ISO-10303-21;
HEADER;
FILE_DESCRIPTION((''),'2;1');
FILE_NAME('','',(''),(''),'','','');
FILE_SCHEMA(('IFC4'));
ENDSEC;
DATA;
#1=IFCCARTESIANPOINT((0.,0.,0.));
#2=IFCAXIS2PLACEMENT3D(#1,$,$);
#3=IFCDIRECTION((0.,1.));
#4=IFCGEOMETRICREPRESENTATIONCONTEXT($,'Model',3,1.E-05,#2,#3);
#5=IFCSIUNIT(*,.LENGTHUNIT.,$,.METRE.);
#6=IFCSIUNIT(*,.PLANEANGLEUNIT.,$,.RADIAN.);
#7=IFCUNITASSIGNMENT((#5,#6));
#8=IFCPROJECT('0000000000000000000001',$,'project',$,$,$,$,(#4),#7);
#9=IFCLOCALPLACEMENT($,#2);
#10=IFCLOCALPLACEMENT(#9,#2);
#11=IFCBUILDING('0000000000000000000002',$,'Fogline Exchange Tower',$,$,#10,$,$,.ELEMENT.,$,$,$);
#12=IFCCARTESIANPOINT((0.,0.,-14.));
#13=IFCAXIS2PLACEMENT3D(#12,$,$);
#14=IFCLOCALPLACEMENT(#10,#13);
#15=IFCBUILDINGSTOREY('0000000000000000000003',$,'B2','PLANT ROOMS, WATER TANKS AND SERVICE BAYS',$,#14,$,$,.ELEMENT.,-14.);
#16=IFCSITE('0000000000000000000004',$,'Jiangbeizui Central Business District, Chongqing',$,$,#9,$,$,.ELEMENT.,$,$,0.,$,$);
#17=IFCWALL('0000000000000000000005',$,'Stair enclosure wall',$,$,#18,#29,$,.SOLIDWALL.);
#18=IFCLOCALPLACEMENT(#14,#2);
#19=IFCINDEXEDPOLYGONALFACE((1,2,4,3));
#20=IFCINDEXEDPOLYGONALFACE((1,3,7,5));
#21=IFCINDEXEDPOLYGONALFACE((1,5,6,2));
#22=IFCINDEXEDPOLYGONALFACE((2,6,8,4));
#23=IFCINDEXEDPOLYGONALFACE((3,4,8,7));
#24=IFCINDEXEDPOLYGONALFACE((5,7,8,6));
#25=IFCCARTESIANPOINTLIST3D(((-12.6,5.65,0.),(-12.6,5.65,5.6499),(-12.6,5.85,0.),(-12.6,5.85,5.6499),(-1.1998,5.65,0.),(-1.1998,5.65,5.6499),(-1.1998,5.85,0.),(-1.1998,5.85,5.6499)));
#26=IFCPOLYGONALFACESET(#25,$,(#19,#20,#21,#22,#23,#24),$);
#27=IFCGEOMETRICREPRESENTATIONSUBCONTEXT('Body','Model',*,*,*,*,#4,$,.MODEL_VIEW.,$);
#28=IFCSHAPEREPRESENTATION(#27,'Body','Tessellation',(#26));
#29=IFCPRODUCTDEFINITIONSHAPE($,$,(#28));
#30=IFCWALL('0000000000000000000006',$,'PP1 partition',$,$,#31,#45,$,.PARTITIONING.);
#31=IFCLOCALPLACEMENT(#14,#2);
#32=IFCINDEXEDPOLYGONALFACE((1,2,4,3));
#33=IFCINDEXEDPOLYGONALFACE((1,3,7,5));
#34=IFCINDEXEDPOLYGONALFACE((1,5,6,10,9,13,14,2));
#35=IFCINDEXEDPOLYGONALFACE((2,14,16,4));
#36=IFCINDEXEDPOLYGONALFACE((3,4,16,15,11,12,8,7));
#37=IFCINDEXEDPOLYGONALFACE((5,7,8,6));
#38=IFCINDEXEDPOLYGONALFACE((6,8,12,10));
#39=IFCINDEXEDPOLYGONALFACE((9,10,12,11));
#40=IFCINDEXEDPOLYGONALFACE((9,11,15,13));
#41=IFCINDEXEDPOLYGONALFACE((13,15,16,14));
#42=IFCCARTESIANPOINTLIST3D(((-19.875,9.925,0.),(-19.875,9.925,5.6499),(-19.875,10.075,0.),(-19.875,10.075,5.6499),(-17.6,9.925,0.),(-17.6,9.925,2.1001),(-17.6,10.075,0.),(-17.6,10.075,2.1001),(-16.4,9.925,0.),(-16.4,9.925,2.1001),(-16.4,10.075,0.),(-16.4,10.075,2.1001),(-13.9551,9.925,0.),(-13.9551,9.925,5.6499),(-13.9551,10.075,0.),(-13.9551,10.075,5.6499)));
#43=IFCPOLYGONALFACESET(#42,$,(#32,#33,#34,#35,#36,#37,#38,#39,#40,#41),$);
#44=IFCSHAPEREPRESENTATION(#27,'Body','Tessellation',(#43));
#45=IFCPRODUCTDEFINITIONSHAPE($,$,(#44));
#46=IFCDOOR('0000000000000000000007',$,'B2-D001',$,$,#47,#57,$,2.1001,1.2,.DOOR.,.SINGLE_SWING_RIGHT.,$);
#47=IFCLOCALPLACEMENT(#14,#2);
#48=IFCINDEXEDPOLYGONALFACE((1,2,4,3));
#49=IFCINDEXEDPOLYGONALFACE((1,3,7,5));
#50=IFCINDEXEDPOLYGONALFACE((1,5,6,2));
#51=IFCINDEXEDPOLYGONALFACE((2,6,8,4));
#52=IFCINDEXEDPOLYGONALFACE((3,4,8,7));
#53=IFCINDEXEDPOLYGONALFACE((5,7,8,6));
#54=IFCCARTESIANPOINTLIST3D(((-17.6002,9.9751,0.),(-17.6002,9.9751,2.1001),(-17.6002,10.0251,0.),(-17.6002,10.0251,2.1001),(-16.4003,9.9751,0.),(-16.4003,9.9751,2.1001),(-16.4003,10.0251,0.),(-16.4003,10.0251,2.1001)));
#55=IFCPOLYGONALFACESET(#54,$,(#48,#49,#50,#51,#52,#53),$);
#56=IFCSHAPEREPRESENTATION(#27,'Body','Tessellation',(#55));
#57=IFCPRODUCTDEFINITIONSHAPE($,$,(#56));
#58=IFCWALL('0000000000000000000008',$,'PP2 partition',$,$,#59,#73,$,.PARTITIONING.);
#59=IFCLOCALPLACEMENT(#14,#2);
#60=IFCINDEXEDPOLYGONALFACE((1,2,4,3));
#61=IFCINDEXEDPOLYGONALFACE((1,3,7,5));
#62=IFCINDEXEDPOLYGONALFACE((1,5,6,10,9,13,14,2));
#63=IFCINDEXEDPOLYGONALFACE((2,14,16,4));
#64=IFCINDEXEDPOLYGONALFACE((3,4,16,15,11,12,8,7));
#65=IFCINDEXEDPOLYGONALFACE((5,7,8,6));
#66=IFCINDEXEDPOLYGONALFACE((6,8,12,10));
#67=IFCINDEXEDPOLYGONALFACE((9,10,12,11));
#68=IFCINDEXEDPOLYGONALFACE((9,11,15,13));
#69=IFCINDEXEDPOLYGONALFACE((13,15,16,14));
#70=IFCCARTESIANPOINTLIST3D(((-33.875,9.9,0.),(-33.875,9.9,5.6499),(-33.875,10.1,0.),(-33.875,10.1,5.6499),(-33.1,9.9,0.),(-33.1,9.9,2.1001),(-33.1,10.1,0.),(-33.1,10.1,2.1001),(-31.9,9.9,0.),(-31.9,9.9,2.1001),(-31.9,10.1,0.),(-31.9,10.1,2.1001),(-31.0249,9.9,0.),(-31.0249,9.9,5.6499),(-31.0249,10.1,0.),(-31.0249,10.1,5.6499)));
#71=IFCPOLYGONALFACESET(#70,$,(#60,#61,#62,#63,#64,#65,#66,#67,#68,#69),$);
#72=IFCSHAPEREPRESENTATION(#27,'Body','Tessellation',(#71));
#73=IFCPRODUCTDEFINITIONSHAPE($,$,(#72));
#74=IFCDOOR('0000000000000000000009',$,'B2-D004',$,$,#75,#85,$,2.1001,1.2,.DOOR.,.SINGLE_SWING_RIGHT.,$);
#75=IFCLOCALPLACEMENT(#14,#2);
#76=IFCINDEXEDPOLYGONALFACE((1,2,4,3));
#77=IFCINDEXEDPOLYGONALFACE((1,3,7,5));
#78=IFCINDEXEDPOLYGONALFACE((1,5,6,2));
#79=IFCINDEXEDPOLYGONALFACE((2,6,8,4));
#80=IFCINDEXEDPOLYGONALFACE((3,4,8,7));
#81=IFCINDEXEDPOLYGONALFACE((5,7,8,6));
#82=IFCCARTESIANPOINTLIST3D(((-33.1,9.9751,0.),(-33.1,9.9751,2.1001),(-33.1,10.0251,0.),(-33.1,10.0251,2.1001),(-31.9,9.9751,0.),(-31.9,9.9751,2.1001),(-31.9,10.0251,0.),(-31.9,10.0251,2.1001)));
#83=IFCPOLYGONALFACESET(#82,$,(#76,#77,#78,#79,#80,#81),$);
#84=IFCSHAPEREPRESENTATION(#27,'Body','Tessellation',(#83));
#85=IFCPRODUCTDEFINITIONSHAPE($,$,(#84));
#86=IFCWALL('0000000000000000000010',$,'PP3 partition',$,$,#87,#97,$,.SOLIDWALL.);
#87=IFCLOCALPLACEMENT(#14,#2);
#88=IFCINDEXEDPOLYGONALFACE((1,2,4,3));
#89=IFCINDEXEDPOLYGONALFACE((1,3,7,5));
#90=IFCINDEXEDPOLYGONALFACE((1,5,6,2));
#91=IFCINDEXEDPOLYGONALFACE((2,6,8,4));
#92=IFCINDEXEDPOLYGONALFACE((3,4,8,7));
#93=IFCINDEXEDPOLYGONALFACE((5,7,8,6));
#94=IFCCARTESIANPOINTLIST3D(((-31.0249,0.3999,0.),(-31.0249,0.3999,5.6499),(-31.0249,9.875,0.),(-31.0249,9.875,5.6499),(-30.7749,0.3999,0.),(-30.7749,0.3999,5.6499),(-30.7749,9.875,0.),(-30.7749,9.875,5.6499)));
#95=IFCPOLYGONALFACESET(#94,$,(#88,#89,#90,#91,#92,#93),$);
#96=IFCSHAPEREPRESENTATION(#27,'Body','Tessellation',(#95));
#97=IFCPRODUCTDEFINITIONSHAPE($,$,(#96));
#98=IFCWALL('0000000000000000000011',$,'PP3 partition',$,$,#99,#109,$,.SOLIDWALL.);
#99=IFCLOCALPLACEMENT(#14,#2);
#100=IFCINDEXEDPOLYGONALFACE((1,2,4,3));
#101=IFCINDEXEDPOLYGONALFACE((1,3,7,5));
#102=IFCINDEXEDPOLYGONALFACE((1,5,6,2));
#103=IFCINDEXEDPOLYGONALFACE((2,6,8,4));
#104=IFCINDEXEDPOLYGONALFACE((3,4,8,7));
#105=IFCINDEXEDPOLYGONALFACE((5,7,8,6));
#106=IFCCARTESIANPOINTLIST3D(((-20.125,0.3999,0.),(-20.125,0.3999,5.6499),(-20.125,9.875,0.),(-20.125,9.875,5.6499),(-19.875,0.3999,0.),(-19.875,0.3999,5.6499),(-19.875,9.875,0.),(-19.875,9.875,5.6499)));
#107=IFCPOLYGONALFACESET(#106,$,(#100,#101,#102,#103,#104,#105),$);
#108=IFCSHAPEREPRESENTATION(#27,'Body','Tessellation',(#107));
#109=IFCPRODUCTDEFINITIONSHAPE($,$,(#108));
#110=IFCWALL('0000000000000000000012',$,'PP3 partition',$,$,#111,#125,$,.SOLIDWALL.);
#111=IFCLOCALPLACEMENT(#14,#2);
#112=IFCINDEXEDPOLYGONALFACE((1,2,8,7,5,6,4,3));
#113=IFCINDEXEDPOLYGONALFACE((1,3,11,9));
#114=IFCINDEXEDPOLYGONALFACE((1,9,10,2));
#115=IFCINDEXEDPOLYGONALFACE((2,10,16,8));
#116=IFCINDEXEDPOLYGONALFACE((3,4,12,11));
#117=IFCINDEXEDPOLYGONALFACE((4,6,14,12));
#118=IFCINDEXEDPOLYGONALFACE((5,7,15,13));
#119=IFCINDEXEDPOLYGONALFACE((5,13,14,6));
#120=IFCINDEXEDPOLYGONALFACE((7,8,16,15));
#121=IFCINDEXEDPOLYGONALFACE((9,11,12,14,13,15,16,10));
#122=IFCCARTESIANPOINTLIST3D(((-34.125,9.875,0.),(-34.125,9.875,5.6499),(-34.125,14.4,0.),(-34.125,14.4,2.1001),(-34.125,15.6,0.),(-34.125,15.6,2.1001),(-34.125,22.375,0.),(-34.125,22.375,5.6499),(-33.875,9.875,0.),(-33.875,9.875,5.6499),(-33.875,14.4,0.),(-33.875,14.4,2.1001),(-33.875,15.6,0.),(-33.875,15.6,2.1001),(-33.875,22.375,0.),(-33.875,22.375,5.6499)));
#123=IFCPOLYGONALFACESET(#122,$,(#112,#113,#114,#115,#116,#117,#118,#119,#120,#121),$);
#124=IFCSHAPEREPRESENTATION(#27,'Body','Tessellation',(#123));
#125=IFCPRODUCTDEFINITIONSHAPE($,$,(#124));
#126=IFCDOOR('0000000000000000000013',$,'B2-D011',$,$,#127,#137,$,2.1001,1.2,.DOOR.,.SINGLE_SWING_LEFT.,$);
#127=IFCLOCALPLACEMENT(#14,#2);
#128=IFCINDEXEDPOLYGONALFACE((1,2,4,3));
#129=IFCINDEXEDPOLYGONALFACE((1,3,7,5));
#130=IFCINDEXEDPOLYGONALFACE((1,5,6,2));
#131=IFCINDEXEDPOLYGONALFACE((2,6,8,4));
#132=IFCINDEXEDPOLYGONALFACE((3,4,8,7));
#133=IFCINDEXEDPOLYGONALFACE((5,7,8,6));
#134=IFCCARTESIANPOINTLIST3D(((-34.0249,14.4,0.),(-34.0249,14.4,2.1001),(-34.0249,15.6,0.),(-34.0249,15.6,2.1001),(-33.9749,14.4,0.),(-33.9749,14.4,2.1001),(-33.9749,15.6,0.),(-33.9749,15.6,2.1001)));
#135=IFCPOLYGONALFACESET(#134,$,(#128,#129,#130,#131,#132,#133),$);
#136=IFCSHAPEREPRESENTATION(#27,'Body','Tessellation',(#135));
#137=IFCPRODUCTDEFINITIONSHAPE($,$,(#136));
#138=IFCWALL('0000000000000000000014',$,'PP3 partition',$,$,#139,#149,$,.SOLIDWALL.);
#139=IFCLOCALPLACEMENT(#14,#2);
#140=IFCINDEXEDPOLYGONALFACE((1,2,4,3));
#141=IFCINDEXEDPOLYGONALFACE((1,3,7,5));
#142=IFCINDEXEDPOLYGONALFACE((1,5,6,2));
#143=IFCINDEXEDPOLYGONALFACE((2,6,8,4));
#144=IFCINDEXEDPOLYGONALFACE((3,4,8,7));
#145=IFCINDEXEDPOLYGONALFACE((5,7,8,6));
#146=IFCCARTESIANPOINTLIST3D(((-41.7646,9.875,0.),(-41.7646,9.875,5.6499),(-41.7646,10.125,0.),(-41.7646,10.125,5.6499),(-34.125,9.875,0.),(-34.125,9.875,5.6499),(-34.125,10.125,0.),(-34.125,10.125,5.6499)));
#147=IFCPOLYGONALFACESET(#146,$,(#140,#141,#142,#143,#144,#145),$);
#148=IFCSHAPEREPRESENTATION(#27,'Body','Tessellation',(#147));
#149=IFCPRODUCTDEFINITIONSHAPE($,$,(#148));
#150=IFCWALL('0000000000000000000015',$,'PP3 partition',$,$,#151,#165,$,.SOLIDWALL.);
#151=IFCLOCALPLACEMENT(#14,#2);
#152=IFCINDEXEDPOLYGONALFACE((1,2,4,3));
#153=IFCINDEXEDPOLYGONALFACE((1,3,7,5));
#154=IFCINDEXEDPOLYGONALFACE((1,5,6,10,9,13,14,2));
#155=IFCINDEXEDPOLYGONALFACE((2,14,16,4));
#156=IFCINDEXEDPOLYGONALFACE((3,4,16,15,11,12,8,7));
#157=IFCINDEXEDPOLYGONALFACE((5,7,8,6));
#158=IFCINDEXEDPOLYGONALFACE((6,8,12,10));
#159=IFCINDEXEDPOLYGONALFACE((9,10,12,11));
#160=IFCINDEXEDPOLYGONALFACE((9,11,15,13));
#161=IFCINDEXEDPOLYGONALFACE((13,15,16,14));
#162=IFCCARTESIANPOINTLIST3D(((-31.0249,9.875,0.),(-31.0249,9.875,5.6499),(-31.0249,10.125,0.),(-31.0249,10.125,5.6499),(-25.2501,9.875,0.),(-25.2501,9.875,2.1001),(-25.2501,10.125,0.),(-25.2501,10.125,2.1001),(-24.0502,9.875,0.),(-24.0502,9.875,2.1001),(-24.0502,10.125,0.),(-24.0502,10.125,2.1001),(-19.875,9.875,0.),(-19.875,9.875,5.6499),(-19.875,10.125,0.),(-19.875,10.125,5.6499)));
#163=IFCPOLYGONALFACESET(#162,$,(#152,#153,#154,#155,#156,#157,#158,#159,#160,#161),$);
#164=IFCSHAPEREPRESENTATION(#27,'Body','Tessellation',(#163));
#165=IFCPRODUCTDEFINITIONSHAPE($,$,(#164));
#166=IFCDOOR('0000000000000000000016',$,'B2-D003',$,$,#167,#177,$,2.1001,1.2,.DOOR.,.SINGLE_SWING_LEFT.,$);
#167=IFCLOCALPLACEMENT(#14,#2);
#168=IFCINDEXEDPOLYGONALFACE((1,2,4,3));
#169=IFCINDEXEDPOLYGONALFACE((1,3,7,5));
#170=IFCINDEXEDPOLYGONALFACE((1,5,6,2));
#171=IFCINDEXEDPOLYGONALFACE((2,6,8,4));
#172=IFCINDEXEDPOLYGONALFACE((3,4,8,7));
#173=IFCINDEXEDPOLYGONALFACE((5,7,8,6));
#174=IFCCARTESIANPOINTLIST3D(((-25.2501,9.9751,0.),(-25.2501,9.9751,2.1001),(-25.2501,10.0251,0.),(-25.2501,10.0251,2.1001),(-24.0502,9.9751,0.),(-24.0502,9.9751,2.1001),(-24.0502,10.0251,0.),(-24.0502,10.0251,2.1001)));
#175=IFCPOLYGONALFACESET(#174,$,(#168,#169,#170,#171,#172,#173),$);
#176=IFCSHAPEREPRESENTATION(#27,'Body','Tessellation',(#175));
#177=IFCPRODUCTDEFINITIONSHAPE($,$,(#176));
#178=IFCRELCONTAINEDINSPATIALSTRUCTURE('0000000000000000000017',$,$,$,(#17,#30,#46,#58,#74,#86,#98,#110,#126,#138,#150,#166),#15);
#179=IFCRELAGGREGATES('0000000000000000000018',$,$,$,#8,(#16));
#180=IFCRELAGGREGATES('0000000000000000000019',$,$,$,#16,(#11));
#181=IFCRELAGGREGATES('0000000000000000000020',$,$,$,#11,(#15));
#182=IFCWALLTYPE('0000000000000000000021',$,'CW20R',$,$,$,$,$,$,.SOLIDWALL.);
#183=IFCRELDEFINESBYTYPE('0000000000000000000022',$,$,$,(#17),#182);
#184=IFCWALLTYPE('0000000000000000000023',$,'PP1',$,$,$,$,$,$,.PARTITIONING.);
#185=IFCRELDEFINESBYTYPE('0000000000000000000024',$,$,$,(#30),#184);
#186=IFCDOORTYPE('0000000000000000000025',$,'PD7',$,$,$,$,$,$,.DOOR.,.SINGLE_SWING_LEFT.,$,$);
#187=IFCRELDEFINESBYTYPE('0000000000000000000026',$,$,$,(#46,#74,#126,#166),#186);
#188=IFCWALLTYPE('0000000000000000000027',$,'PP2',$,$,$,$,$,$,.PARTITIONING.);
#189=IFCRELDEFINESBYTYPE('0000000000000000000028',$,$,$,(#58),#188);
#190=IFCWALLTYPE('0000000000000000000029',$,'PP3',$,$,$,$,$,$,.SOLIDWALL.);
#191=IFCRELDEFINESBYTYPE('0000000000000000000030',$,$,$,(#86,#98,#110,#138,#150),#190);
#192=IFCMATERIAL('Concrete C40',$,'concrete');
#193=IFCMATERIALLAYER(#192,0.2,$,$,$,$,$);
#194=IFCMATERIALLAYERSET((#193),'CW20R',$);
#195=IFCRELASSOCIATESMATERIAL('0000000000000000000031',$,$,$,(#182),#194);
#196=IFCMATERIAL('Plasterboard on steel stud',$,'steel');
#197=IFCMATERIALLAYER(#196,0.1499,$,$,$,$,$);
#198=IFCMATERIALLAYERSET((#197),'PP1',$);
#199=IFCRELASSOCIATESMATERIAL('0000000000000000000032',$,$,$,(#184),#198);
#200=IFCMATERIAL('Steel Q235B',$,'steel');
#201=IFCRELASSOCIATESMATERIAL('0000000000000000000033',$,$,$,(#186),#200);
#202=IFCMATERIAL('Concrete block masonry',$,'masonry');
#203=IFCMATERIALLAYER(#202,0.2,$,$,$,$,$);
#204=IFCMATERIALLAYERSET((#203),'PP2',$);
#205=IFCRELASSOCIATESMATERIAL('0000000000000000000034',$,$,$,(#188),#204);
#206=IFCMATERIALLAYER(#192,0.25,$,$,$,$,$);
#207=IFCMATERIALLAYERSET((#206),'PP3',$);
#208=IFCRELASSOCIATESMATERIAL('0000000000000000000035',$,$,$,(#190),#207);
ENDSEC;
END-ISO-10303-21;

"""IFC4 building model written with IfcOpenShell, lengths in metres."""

from ifc_helpers import new_model, si_unit, direction, frame, frame_2d, origin, place, context, subcontext, project, spatial, rectangle, extrude, material, layer, layer_set, type_object, element, fill, save


model = new_model("IFC4")

# Units and contexts
model_context = context("Model", 3, precision=1e-05, world=origin(), true_north=direction((0.0, 1.0)))
body_context = subcontext(model_context, "Body", "Model", "MODEL_VIEW")
ifc_project = project(units=[si_unit("LENGTHUNIT", "METRE"), si_unit("PLANEANGLEUNIT", "RADIAN")], contexts=[model_context])

# Site, building, storey
site_placement = place(None, origin())
site = spatial("IfcSite", under=ifc_project, at=site_placement, Name="Jiangbeizui Central Business District, Chongqing", CompositionType="ELEMENT", RefElevation=0.0)
building_placement = place(site_placement, origin())
building = spatial("IfcBuilding", under=site, at=building_placement, Name="Fogline Exchange Tower", CompositionType="ELEMENT")
storey_placement = place(building_placement, frame((0.0, 0.0, -14.0)))
storey = spatial("IfcBuildingStorey", under=building, at=storey_placement, Name="B2", Description="PLANT ROOMS, WATER TANKS AND SERVICE BAYS", CompositionType="ELEMENT", Elevation=-14.0)

# Wall
ifc_material_1 = material(Name="Concrete C40", Category="concrete")
ifc_layer_1 = layer(ifc_material_1, 0.2)
ifc_layer_set_1 = layer_set([ifc_layer_1], Name="CW20R")
wall_type_1 = type_object("IfcWallType", Name="CW20R", PredefinedType="SOLIDWALL", material=ifc_layer_set_1)
wall_1_placement = place(storey_placement, frame((-12.6001, 5.75, 0.0), z_axis=(0.0, 0.0, 1.0), x_axis=(1.0, 0.0, 0.0)))
element("IfcWall", 1, at=wall_1_placement, inside=storey, type_object=wall_type_1, Name="Stair enclosure wall", PredefinedType="SOLIDWALL", context=body_context, shape_type="SweptSolid", body=[
    extrude(rectangle(XDim=11.4001, YDim=0.2, at=frame_2d((5.7002, 0.0))), origin(), (0.0, 0.0, 1.0), 5.6499),
])

# Walls, openings, doors
ifc_material_2 = material(Name="Plasterboard on steel stud", Category="steel")
ifc_layer_2 = layer(ifc_material_2, 0.1499)
ifc_layer_set_2 = layer_set([ifc_layer_2], Name="PP1")
wall_type_2 = type_object("IfcWallType", Name="PP1", PredefinedType="PARTITIONING", material=ifc_layer_set_2)
wall_2_placement = place(storey_placement, frame((-19.875, 10.0, 0.0), z_axis=(0.0, 0.0, 1.0), x_axis=(1.0, 0.0, 0.0)))
wall_2 = element("IfcWall", 2, at=wall_2_placement, inside=storey, type_object=wall_type_2, Name="PP1 partition", PredefinedType="PARTITIONING", context=body_context, shape_type="SweptSolid", body=[
    extrude(rectangle(XDim=5.9199, YDim=0.1499, at=frame_2d((2.96, 0.0))), origin(), (0.0, 0.0, 1.0), 5.6499),
])
opening_1_placement = place(wall_2_placement, frame((2.2749, 0.0, 0.0)))
opening_1 = element("IfcOpeningElement", 3, at=opening_1_placement, cuts=wall_2, PredefinedType="OPENING", context=body_context, shape_type="SweptSolid", body=[
    extrude(rectangle(XDim=1.2, YDim=2.1001, at=frame_2d((0.6001, 1.05))), frame((0.0, 0.085, 0.0), z_axis=(0.0, -1.0, 0.0), x_axis=(1.0, 0.0, 0.0)), (0.0, 0.0, 1.0), 0.1699),
])
ifc_material_3 = material(Name="Steel Q235B", Category="steel")
door_type_1 = type_object("IfcDoorType", Name="PD7", OperationType="SINGLE_SWING_LEFT", PredefinedType="DOOR", material=ifc_material_3)
door_1_placement = place(opening_1_placement, frame((1.2, 0.0, 0.0), z_axis=(0.0, 0.0, 1.0), x_axis=(-1.0, 0.0, 0.0)))
door_1 = element("IfcDoor", 4, at=door_1_placement, inside=storey, type_object=door_type_1, Name="B2-D001", OperationType="SINGLE_SWING_RIGHT", OverallHeight=2.1001, OverallWidth=1.2, PredefinedType="DOOR", context=body_context, shape_type="SweptSolid", body=[
    extrude(rectangle(XDim=1.2, YDim=2.1001, at=frame_2d((0.6001, 1.05))), frame((0.0, 0.0249, 0.0), z_axis=(0.0, -1.0, 0.0), x_axis=(1.0, 0.0, 0.0)), (0.0, 0.0, 1.0), 0.05),
])
fill(opening_1, door_1)
ifc_material_4 = material(Name="Concrete block masonry", Category="masonry")
ifc_layer_3 = layer(ifc_material_4, 0.2)
ifc_layer_set_3 = layer_set([ifc_layer_3], Name="PP2")
wall_type_3 = type_object("IfcWallType", Name="PP2", PredefinedType="PARTITIONING", material=ifc_layer_set_3)
wall_3_placement = place(storey_placement, frame((-31.0249, 10.0, 0.0), z_axis=(0.0, 0.0, 1.0), x_axis=(-1.0, 0.0, 0.0)))
wall_3 = element("IfcWall", 5, at=wall_3_placement, inside=storey, type_object=wall_type_3, Name="PP2 partition", PredefinedType="PARTITIONING", context=body_context, shape_type="SweptSolid", body=[
    extrude(rectangle(XDim=2.8501, YDim=0.2, at=frame_2d((1.425, 0.0))), origin(), (0.0, 0.0, 1.0), 5.6499),
])
opening_2_placement = place(wall_3_placement, frame((0.875, 0.0, 0.0)))
opening_2 = element("IfcOpeningElement", 6, at=opening_2_placement, cuts=wall_3, PredefinedType="OPENING", context=body_context, shape_type="SweptSolid", body=[
    extrude(rectangle(XDim=1.2, YDim=2.1001, at=frame_2d((0.6001, 1.05))), frame((0.0, 0.1099, 0.0), z_axis=(0.0, -1.0, 0.0), x_axis=(1.0, 0.0, 0.0)), (0.0, 0.0, 1.0), 0.22),
])
door_2_placement = place(opening_2_placement, origin())
door_2 = element("IfcDoor", 7, at=door_2_placement, inside=storey, type_object=door_type_1, Name="B2-D004", OperationType="SINGLE_SWING_RIGHT", OverallHeight=2.1001, OverallWidth=1.2, PredefinedType="DOOR", context=body_context, shape_type="SweptSolid", body=[
    extrude(rectangle(XDim=1.2, YDim=2.1001, at=frame_2d((0.6001, 1.05))), frame((0.0, 0.0249, 0.0), z_axis=(0.0, -1.0, 0.0), x_axis=(1.0, 0.0, 0.0)), (0.0, 0.0, 1.0), 0.05),
])
fill(opening_2, door_2)

# Walls
ifc_layer_4 = layer(ifc_material_1, 0.25)
ifc_layer_set_4 = layer_set([ifc_layer_4], Name="PP3")
wall_type_4 = type_object("IfcWallType", Name="PP3", PredefinedType="SOLIDWALL", material=ifc_layer_set_4)
for number, where, z_axis, x_axis, name in (
    (8, (-30.8999, 0.3999, 0.0), (0.0, 0.0, 1.0), (0.0, 1.0, 0.0), "PP3 partition"),
    (9, (-20.0, 0.3999, 0.0), (0.0, 0.0, 1.0), (0.0, 1.0, 0.0), "PP3 partition"),
):
    element("IfcWall", number, at=place(storey_placement, frame(where, z_axis=z_axis, x_axis=x_axis)), inside=storey, type_object=wall_type_4, Name=name, PredefinedType="SOLIDWALL", context=body_context, shape_type="SweptSolid", body=[
        extrude(rectangle(XDim=9.4751, YDim=0.25, at=frame_2d((4.7375, 0.0))), origin(), (0.0, 0.0, 1.0), 5.6499),
    ])

# Wall, opening, door
wall_4_placement = place(storey_placement, frame((-34.0, 9.875, 0.0), z_axis=(0.0, 0.0, 1.0), x_axis=(0.0, 1.0, 0.0)))
wall_4 = element("IfcWall", 10, at=wall_4_placement, inside=storey, type_object=wall_type_4, Name="PP3 partition", PredefinedType="SOLIDWALL", context=body_context, shape_type="SweptSolid", body=[
    extrude(rectangle(XDim=12.5, YDim=0.25, at=frame_2d((6.25, 0.0))), origin(), (0.0, 0.0, 1.0), 5.6499),
])
opening_3_placement = place(wall_4_placement, frame((4.5249, 0.0, 0.0)))
opening_3 = element("IfcOpeningElement", 11, at=opening_3_placement, cuts=wall_4, PredefinedType="OPENING", context=body_context, shape_type="SweptSolid", body=[
    extrude(rectangle(XDim=1.2, YDim=2.1001, at=frame_2d((0.6001, 1.05))), frame((0.0, 0.135, 0.0), z_axis=(0.0, -1.0, 0.0), x_axis=(1.0, 0.0, 0.0)), (0.0, 0.0, 1.0), 0.27),
])
door_3_placement = place(opening_3_placement, origin())
door_3 = element("IfcDoor", 12, at=door_3_placement, inside=storey, type_object=door_type_1, Name="B2-D011", OperationType="SINGLE_SWING_LEFT", OverallHeight=2.1001, OverallWidth=1.2, PredefinedType="DOOR", context=body_context, shape_type="SweptSolid", body=[
    extrude(rectangle(XDim=1.2, YDim=2.1001, at=frame_2d((0.6001, 1.05))), frame((0.0, 0.0249, 0.0), z_axis=(0.0, -1.0, 0.0), x_axis=(1.0, 0.0, 0.0)), (0.0, 0.0, 1.0), 0.05),
])
fill(opening_3, door_3)

# Wall
wall_5_placement = place(storey_placement, frame((-41.7646, 10.0, 0.0), z_axis=(0.0, 0.0, 1.0), x_axis=(1.0, 0.0, 0.0)))
element("IfcWall", 13, at=wall_5_placement, inside=storey, type_object=wall_type_4, Name="PP3 partition", PredefinedType="SOLIDWALL", context=body_context, shape_type="SweptSolid", body=[
    extrude(rectangle(XDim=7.6396, YDim=0.25, at=frame_2d((3.8198, 0.0))), origin(), (0.0, 0.0, 1.0), 5.6499),
])

# Wall, opening, door
wall_6_placement = place(storey_placement, frame((-19.875, 10.0, 0.0), z_axis=(0.0, 0.0, 1.0), x_axis=(-1.0, 0.0, 0.0)))
wall_6 = element("IfcWall", 14, at=wall_6_placement, inside=storey, type_object=wall_type_4, Name="PP3 partition", PredefinedType="SOLIDWALL", context=body_context, shape_type="SweptSolid", body=[
    extrude(rectangle(XDim=11.1499, YDim=0.25, at=frame_2d((5.575, 0.0))), origin(), (0.0, 0.0, 1.0), 5.6499),
])
opening_4_placement = place(wall_6_placement, frame((4.175, 0.0, 0.0)))
opening_4 = element("IfcOpeningElement", 15, at=opening_4_placement, cuts=wall_6, PredefinedType="OPENING", context=body_context, shape_type="SweptSolid", body=[
    extrude(rectangle(XDim=1.2, YDim=2.1001, at=frame_2d((0.6001, 1.05))), frame((0.0, 0.135, 0.0), z_axis=(0.0, -1.0, 0.0), x_axis=(1.0, 0.0, 0.0)), (0.0, 0.0, 1.0), 0.27),
])
door_4_placement = place(opening_4_placement, origin())
door_4 = element("IfcDoor", 16, at=door_4_placement, inside=storey, type_object=door_type_1, Name="B2-D003", OperationType="SINGLE_SWING_LEFT", OverallHeight=2.1001, OverallWidth=1.2, PredefinedType="DOOR", context=body_context, shape_type="SweptSolid", body=[
    extrude(rectangle(XDim=1.2, YDim=2.1001, at=frame_2d((0.6001, 1.05))), frame((0.0, 0.0249, 0.0), z_axis=(0.0, -1.0, 0.0), x_axis=(1.0, 0.0, 0.0)), (0.0, 0.0, 1.0), 0.05),
])
fill(opening_4, door_4)

save(model, "model.ifc")
